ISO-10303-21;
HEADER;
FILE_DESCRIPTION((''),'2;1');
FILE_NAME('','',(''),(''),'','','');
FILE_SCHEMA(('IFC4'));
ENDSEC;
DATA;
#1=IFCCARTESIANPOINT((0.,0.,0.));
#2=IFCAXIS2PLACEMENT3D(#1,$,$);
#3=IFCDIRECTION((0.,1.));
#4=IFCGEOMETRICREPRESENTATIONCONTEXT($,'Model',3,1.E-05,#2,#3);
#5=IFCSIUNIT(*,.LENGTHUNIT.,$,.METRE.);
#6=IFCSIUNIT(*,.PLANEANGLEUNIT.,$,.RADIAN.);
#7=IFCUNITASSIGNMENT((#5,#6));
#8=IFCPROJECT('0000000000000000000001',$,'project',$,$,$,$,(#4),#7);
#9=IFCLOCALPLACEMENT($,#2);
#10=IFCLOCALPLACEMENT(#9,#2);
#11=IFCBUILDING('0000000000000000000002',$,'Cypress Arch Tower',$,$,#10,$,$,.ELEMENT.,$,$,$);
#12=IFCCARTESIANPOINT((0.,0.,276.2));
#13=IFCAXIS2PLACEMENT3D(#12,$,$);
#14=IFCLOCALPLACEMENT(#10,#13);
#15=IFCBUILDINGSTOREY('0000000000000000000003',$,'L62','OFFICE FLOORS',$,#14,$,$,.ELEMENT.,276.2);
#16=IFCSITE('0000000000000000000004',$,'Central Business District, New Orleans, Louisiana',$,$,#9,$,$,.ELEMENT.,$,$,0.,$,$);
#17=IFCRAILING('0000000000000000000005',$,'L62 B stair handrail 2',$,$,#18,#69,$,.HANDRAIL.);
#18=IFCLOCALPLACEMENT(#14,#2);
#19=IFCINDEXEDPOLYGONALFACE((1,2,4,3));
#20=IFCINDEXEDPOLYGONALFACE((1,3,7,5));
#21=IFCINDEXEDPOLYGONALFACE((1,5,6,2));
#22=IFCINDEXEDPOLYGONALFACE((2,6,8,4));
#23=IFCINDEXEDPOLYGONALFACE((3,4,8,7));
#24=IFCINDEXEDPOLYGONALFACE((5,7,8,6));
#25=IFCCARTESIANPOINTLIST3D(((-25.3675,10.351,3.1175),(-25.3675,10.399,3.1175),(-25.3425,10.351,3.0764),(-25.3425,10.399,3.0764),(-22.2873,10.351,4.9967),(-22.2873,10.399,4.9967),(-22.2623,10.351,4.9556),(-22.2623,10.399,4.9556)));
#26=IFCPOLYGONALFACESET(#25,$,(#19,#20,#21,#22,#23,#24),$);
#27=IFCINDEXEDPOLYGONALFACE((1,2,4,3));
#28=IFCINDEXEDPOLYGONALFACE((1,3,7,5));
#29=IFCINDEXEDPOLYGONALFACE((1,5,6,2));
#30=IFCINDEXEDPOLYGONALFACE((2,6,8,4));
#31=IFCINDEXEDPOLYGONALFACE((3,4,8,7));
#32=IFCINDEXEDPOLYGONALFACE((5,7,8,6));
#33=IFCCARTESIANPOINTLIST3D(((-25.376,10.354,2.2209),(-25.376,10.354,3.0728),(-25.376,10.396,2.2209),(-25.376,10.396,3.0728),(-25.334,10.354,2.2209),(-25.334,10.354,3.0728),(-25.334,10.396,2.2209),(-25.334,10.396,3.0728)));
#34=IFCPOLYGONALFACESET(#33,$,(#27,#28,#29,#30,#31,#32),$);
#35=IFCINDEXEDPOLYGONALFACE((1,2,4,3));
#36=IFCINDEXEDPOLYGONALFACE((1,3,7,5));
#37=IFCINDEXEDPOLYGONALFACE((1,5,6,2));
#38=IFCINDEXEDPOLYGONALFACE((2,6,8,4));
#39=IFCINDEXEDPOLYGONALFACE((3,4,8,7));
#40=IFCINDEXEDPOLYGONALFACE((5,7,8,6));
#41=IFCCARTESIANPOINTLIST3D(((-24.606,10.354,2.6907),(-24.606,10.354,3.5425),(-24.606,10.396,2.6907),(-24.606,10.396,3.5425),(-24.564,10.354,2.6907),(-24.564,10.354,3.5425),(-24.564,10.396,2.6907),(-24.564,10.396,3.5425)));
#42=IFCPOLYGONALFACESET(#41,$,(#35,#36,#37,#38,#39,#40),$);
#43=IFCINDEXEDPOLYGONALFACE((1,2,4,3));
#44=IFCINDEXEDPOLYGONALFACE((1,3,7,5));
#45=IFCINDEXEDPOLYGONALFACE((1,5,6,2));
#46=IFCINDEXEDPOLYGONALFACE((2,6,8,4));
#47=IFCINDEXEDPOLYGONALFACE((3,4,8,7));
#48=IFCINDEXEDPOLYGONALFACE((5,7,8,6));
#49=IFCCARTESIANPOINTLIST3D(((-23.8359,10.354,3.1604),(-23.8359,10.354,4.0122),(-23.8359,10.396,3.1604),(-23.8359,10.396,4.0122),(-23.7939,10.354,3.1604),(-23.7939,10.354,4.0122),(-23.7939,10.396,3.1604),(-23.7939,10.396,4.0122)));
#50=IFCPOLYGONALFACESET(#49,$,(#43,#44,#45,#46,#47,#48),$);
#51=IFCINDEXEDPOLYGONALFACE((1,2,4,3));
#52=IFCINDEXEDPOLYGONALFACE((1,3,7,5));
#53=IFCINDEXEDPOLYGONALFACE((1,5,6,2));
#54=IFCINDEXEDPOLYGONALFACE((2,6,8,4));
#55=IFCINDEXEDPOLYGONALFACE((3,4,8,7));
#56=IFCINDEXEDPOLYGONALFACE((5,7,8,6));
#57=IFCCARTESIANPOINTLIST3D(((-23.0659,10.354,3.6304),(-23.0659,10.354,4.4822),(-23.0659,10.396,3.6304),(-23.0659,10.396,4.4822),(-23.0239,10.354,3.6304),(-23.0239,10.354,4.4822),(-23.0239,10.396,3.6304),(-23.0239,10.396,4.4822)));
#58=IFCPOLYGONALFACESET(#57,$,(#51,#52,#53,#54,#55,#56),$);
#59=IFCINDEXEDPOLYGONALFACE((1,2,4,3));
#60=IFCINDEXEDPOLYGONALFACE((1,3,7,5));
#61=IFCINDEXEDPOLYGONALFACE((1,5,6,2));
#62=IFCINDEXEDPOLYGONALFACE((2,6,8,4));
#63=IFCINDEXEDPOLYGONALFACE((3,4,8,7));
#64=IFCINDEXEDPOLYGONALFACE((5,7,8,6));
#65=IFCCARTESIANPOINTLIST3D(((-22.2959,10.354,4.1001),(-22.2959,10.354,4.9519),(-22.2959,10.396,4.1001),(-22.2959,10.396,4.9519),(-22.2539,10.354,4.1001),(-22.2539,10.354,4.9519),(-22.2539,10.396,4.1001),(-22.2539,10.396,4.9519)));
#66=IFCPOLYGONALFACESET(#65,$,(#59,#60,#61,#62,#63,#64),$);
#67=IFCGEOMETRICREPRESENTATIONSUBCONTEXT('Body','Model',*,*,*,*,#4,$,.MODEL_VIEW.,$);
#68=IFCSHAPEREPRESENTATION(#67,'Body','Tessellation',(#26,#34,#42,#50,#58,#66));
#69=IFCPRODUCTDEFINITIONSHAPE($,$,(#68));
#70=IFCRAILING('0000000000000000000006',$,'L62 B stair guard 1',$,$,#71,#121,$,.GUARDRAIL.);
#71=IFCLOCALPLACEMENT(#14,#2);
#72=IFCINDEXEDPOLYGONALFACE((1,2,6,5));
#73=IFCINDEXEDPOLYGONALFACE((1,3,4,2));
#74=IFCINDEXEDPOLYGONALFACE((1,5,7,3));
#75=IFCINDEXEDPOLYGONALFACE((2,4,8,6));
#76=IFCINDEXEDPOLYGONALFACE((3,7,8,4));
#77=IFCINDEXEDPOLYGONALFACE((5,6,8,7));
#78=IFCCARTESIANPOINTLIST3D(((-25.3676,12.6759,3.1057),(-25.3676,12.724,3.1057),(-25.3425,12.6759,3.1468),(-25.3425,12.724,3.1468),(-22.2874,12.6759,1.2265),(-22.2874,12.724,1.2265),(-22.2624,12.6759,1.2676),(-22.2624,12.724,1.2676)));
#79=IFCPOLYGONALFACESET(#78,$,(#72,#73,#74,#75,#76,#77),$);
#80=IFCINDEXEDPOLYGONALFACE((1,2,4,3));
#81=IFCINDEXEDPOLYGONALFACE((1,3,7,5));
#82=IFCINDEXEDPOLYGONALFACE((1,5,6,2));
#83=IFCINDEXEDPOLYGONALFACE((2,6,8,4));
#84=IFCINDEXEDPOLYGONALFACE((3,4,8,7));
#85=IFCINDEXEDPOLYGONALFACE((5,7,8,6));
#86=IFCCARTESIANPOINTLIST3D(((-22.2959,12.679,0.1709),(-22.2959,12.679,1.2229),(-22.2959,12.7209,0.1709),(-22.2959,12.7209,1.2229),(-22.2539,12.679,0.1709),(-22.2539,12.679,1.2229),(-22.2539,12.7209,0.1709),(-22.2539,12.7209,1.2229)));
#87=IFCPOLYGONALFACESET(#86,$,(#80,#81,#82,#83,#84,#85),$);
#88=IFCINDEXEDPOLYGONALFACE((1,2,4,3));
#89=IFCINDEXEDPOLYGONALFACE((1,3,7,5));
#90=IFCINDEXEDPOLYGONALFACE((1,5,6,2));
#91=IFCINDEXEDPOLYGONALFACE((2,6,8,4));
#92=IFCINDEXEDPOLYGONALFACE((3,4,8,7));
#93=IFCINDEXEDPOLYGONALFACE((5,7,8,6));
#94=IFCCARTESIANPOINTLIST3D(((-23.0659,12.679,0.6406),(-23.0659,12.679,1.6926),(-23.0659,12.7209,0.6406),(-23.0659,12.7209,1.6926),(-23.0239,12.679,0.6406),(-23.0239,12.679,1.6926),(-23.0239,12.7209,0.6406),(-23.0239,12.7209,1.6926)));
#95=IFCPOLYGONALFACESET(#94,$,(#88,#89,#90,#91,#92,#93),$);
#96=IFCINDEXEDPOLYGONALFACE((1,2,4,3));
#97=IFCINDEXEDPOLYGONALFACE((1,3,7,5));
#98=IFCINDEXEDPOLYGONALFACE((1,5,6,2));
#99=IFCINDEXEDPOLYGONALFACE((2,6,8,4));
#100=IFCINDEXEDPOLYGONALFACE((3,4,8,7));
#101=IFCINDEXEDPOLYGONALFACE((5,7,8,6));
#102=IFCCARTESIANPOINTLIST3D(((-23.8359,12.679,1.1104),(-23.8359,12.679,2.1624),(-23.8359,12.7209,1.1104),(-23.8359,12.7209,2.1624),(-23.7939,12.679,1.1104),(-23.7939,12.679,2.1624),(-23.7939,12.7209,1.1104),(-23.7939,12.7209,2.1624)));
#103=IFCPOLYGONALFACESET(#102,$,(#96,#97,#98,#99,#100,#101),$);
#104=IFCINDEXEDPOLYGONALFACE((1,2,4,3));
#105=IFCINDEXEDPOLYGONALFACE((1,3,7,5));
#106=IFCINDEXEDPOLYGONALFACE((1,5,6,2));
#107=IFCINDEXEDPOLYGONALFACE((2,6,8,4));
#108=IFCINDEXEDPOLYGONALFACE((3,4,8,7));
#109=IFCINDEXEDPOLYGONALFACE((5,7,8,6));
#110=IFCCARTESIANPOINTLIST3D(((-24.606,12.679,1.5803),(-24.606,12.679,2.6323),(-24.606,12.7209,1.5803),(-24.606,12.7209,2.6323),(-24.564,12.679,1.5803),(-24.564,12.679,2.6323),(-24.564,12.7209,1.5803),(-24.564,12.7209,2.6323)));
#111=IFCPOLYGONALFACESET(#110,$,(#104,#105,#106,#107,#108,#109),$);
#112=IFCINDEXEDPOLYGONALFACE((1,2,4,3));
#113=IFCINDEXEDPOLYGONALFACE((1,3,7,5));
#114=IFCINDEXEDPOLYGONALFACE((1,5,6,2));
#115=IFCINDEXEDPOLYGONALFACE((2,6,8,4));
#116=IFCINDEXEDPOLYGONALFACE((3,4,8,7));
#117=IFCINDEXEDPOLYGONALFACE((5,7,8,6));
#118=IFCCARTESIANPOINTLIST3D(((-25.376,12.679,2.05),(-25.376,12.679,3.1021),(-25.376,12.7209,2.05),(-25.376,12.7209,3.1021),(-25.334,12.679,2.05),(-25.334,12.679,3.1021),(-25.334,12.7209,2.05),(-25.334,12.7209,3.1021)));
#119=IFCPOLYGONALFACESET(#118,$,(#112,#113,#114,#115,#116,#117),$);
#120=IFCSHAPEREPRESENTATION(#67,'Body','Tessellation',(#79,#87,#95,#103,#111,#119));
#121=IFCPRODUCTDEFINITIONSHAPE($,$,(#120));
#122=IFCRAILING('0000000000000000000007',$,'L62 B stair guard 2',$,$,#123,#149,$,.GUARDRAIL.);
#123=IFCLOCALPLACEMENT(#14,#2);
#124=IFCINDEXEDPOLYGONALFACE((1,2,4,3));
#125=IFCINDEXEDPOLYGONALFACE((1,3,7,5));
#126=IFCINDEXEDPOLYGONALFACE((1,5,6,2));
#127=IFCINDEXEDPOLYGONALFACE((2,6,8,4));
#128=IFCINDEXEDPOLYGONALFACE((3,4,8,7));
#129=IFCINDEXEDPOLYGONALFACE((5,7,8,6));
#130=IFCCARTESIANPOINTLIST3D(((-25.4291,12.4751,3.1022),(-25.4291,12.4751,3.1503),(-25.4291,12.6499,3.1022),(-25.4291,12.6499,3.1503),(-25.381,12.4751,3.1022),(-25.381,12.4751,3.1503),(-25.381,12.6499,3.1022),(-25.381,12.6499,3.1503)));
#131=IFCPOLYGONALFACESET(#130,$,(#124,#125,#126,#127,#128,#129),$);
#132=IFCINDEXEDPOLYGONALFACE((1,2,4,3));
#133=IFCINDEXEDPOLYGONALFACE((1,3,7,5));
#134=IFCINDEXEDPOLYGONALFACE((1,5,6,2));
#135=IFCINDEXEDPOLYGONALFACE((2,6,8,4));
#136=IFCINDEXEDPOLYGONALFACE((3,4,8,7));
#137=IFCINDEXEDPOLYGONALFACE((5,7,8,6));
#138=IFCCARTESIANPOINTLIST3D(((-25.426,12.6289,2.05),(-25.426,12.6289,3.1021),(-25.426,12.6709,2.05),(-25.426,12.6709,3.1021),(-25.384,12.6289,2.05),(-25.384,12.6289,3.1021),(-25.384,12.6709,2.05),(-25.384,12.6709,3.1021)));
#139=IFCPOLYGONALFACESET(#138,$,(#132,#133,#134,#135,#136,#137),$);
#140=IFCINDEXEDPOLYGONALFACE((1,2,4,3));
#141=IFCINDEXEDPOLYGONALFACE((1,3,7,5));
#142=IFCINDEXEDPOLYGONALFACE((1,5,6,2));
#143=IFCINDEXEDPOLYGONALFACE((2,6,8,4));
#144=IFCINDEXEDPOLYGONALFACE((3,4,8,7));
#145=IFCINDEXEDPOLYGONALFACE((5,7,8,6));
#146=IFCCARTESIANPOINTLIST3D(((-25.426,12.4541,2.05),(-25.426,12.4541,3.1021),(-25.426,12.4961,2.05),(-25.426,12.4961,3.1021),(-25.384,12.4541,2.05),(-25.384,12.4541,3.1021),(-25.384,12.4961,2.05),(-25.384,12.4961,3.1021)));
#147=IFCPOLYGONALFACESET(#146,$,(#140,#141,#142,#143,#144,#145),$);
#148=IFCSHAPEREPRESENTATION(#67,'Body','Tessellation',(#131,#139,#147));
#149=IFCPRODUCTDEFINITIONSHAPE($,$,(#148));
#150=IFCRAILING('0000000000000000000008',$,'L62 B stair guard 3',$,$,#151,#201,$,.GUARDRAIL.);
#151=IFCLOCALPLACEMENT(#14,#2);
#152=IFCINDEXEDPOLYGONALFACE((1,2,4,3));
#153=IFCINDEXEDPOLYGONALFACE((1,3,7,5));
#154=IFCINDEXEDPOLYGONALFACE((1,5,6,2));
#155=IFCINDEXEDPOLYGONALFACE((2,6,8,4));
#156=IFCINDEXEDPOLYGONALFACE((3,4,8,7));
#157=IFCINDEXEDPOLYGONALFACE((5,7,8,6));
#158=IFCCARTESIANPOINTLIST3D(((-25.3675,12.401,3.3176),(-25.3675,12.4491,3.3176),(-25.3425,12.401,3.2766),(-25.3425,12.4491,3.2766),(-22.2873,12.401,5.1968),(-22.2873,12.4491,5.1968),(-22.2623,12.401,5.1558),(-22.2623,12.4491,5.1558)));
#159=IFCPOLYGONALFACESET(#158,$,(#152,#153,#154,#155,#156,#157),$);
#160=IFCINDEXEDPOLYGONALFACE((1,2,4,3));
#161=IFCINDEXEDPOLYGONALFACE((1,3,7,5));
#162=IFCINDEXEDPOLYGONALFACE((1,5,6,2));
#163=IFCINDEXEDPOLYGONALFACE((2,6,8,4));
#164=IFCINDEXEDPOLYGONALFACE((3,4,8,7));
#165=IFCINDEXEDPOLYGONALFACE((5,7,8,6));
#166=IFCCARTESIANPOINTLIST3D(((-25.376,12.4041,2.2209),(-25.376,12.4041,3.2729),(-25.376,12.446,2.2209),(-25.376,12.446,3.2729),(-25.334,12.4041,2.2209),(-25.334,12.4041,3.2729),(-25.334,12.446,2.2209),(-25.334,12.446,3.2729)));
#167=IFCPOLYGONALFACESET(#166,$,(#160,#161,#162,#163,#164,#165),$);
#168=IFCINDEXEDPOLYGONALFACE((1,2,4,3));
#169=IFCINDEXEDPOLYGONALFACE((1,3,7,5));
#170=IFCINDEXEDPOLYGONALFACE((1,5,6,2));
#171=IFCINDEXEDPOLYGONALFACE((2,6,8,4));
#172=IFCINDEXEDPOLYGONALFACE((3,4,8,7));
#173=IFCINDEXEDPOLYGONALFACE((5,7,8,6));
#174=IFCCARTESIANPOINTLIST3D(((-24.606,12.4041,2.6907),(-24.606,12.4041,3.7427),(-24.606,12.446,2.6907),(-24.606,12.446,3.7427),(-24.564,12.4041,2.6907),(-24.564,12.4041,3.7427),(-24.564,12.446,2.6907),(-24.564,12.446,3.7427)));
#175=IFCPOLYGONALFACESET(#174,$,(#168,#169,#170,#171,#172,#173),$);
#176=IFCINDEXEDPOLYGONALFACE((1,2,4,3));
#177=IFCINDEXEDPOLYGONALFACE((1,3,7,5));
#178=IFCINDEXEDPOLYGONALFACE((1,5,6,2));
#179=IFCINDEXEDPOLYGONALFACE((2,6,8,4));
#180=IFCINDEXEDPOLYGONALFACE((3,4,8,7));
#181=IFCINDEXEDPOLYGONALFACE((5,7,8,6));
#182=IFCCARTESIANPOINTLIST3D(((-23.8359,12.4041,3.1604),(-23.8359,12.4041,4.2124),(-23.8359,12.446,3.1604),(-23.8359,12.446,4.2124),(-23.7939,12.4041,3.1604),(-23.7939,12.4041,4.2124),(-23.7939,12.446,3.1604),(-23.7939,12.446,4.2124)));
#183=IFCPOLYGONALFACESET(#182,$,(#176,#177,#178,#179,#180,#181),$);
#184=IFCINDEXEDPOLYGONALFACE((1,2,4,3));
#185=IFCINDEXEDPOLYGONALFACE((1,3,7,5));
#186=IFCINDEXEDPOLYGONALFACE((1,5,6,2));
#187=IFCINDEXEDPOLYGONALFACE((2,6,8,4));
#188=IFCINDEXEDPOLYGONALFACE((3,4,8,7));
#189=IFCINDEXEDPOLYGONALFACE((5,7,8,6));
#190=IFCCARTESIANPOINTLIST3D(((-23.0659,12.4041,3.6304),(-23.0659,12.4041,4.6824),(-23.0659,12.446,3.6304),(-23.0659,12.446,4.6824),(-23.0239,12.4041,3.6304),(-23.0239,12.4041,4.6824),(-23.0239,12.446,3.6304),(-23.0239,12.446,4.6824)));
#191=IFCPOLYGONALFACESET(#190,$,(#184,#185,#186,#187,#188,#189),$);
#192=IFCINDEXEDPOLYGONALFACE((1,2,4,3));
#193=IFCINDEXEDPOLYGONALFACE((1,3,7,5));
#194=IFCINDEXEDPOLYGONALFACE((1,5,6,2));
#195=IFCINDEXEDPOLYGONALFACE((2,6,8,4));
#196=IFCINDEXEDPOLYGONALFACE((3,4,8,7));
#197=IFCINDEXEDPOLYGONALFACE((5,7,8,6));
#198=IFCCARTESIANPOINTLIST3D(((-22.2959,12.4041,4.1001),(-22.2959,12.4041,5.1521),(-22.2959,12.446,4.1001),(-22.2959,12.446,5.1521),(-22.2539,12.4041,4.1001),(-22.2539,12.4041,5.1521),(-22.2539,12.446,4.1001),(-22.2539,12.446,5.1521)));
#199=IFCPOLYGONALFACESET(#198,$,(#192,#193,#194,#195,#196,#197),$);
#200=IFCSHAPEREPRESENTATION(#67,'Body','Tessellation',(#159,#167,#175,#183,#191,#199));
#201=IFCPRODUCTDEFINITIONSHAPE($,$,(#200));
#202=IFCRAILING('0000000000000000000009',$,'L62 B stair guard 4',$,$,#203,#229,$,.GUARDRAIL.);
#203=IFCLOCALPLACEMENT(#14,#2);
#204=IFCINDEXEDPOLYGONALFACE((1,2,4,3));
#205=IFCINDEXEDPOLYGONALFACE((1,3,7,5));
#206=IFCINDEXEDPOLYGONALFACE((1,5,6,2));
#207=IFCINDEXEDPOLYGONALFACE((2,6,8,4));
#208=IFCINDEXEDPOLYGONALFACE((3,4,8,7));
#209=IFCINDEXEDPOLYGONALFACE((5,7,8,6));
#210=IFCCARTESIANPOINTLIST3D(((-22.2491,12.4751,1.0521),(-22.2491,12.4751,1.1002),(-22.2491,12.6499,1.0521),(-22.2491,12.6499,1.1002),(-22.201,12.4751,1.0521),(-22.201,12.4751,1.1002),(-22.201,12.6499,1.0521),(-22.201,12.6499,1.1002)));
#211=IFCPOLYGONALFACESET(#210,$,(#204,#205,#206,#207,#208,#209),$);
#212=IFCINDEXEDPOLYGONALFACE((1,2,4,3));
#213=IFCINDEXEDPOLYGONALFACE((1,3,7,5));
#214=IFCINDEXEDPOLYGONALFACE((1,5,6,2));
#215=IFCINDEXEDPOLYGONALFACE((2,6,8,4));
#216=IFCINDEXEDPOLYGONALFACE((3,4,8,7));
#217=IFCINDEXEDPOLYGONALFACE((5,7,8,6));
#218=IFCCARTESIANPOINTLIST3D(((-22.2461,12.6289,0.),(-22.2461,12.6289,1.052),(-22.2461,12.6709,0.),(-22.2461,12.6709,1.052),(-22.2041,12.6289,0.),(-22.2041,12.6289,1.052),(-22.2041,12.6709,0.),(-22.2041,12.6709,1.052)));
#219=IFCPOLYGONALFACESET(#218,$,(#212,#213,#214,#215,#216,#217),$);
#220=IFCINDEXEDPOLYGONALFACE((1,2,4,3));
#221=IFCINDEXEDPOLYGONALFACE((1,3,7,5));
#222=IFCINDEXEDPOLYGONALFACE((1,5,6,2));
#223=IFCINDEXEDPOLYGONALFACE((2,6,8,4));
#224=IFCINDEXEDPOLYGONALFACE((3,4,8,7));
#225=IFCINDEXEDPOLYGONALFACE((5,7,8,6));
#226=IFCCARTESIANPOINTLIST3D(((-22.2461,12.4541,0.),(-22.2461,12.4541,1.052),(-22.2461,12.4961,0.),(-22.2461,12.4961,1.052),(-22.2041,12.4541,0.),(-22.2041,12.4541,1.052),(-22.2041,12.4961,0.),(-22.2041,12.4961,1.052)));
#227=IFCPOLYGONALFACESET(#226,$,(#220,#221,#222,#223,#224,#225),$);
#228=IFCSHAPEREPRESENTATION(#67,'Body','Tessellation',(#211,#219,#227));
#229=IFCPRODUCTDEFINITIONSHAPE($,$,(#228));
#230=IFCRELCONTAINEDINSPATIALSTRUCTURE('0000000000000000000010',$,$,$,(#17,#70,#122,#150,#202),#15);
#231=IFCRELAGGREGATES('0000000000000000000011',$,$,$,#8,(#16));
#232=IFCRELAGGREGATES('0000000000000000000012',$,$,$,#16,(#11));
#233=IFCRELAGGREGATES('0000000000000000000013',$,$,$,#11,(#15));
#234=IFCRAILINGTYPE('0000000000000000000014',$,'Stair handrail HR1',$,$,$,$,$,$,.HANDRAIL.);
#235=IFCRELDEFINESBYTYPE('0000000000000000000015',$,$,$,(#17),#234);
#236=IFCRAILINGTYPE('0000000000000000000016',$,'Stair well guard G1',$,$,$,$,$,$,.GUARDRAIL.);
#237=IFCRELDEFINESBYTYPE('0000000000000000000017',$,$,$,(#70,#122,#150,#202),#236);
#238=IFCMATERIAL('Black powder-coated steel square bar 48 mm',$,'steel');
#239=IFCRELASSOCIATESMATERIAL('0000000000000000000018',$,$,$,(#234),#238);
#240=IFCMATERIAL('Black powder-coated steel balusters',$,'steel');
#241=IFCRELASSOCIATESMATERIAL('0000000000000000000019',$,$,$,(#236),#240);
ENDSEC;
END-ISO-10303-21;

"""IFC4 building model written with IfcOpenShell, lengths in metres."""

from ifc_helpers import new_model, si_unit, direction, frame, origin, origin_2d, place, context, subcontext, project, spatial, rectangle, extrude, material, type_object, element, save


model = new_model("IFC4")

# Units and contexts
model_context = context("Model", 3, precision=1e-05, world=origin(), true_north=direction((0.0, 1.0)))
body_context = subcontext(model_context, "Body", "Model", "MODEL_VIEW")
ifc_project = project(units=[si_unit("LENGTHUNIT", "METRE"), si_unit("PLANEANGLEUNIT", "RADIAN")], contexts=[model_context])

# Site, building, storey
site_placement = place(None, origin())
site = spatial("IfcSite", under=ifc_project, at=site_placement, Name="Central Business District, New Orleans, Louisiana", CompositionType="ELEMENT", RefElevation=0.0)
building_placement = place(site_placement, origin())
building = spatial("IfcBuilding", under=site, at=building_placement, Name="Cypress Arch Tower", CompositionType="ELEMENT")
storey_placement = place(building_placement, frame((0.0, 0.0, 276.2)))
storey = spatial("IfcBuildingStorey", under=building, at=storey_placement, Name="L62", Description="OFFICE FLOORS", CompositionType="ELEMENT", Elevation=276.2)

# Railings
ifc_material_1 = material(Name="Black powder-coated steel square bar 48 mm", Category="steel")
railing_type_1 = type_object("IfcRailingType", Name="Stair handrail HR1", PredefinedType="HANDRAIL", material=ifc_material_1)
railing_1_placement = place(storey_placement, frame((-25.355, 10.375, 2.2209)))
element("IfcRailing", 1, at=railing_1_placement, inside=storey, type_object=railing_type_1, Name="L62 B stair handrail 2", PredefinedType="HANDRAIL", context=body_context, shape_type="SweptSolid", body=[
    extrude(rectangle(XDim=0.0481, YDim=0.0481, at=origin_2d()), frame((0.0, 0.0, 0.876), z_axis=(0.853666, 0.0, 0.52082), x_axis=(0.0, 1.0, 0.0)), (0.0, 0.0, 1.0), 3.6082),
    extrude(rectangle(XDim=0.042, YDim=0.042, at=origin_2d()), origin(), (0.0, 0.0, 1.0), 0.8518),
    extrude(rectangle(XDim=0.042, YDim=0.042, at=origin_2d()), frame((0.77, 0.0, 0.4697)), (0.0, 0.0, 1.0), 0.8518),
    extrude(rectangle(XDim=0.042, YDim=0.042, at=origin_2d()), frame((1.54, 0.0, 0.9395)), (0.0, 0.0, 1.0), 0.8518),
    extrude(rectangle(XDim=0.042, YDim=0.042, at=origin_2d()), frame((2.3101, 0.0, 1.4094)), (0.0, 0.0, 1.0), 0.8518),
    extrude(rectangle(XDim=0.042, YDim=0.042, at=origin_2d()), frame((3.0801, 0.0, 1.8792)), (0.0, 0.0, 1.0), 0.8518),
])
ifc_material_2 = material(Name="Black powder-coated steel balusters", Category="steel")
railing_type_2 = type_object("IfcRailingType", Name="Stair well guard G1", PredefinedType="GUARDRAIL", material=ifc_material_2)
railing_2_placement = place(storey_placement, frame((-22.2749, 12.7, 0.1709)))
element("IfcRailing", 2, at=railing_2_placement, inside=storey, type_object=railing_type_2, Name="L62 B stair guard 1", PredefinedType="GUARDRAIL", context=body_context, shape_type="SweptSolid", body=[
    extrude(rectangle(XDim=0.0481, YDim=0.0481, at=origin_2d()), frame((0.0, 0.0, 1.0762), z_axis=(-0.853666, 0.0, 0.52082), x_axis=(0.0, -1.0, 0.0)), (0.0, 0.0, 1.0), 3.6082),
    extrude(rectangle(XDim=0.042, YDim=0.042, at=origin_2d()), origin(), (0.0, 0.0, 1.0), 1.052),
    extrude(rectangle(XDim=0.042, YDim=0.042, at=origin_2d()), frame((-0.77, 0.0, 0.4697)), (0.0, 0.0, 1.0), 1.052),
    extrude(rectangle(XDim=0.042, YDim=0.042, at=origin_2d()), frame((-1.54, 0.0, 0.9395)), (0.0, 0.0, 1.0), 1.052),
    extrude(rectangle(XDim=0.042, YDim=0.042, at=origin_2d()), frame((-2.3101, 0.0, 1.4094)), (0.0, 0.0, 1.0), 1.052),
    extrude(rectangle(XDim=0.042, YDim=0.042, at=origin_2d()), frame((-3.0801, 0.0, 1.8792)), (0.0, 0.0, 1.0), 1.052),
])
railing_3_placement = place(storey_placement, frame((-25.405, 12.6499, 2.05)))
element("IfcRailing", 3, at=railing_3_placement, inside=storey, type_object=railing_type_2, Name="L62 B stair guard 2", PredefinedType="GUARDRAIL", context=body_context, shape_type="SweptSolid", body=[
    extrude(rectangle(XDim=0.0481, YDim=0.0481, at=origin_2d()), frame((0.0, 0.0, 1.0762), z_axis=(0.0, -1.0, 0.0), x_axis=(1.0, 0.0, 0.0)), (0.0, 0.0, 1.0), 0.1748),
    extrude(rectangle(XDim=0.042, YDim=0.042, at=origin_2d()), origin(), (0.0, 0.0, 1.0), 1.052),
    extrude(rectangle(XDim=0.042, YDim=0.042, at=origin_2d()), frame((0.0, -0.1748, 0.0)), (0.0, 0.0, 1.0), 1.052),
])
railing_4_placement = place(storey_placement, frame((-25.355, 12.425, 2.2209)))
element("IfcRailing", 4, at=railing_4_placement, inside=storey, type_object=railing_type_2, Name="L62 B stair guard 3", PredefinedType="GUARDRAIL", context=body_context, shape_type="SweptSolid", body=[
    extrude(rectangle(XDim=0.0481, YDim=0.0481, at=origin_2d()), frame((0.0, 0.0, 1.0762), z_axis=(0.853666, 0.0, 0.52082), x_axis=(0.0, 1.0, 0.0)), (0.0, 0.0, 1.0), 3.6082),
    extrude(rectangle(XDim=0.042, YDim=0.042, at=origin_2d()), origin(), (0.0, 0.0, 1.0), 1.052),
    extrude(rectangle(XDim=0.042, YDim=0.042, at=origin_2d()), frame((0.77, 0.0, 0.4697)), (0.0, 0.0, 1.0), 1.052),
    extrude(rectangle(XDim=0.042, YDim=0.042, at=origin_2d()), frame((1.54, 0.0, 0.9395)), (0.0, 0.0, 1.0), 1.052),
    extrude(rectangle(XDim=0.042, YDim=0.042, at=origin_2d()), frame((2.3101, 0.0, 1.4094)), (0.0, 0.0, 1.0), 1.052),
    extrude(rectangle(XDim=0.042, YDim=0.042, at=origin_2d()), frame((3.0801, 0.0, 1.8792)), (0.0, 0.0, 1.0), 1.052),
])
railing_5_placement = place(storey_placement, frame((-22.2251, 12.6499, 0.0)))
element("IfcRailing", 5, at=railing_5_placement, inside=storey, type_object=railing_type_2, Name="L62 B stair guard 4", PredefinedType="GUARDRAIL", context=body_context, shape_type="SweptSolid", body=[
    extrude(rectangle(XDim=0.0481, YDim=0.0481, at=origin_2d()), frame((0.0, 0.0, 1.0762), z_axis=(0.0, -1.0, 0.0), x_axis=(1.0, 0.0, 0.0)), (0.0, 0.0, 1.0), 0.1748),
    extrude(rectangle(XDim=0.042, YDim=0.042, at=origin_2d()), origin(), (0.0, 0.0, 1.0), 1.052),
    extrude(rectangle(XDim=0.042, YDim=0.042, at=origin_2d()), frame((0.0, -0.1748, 0.0)), (0.0, 0.0, 1.0), 1.052),
])

save(model, "model.ifc")
